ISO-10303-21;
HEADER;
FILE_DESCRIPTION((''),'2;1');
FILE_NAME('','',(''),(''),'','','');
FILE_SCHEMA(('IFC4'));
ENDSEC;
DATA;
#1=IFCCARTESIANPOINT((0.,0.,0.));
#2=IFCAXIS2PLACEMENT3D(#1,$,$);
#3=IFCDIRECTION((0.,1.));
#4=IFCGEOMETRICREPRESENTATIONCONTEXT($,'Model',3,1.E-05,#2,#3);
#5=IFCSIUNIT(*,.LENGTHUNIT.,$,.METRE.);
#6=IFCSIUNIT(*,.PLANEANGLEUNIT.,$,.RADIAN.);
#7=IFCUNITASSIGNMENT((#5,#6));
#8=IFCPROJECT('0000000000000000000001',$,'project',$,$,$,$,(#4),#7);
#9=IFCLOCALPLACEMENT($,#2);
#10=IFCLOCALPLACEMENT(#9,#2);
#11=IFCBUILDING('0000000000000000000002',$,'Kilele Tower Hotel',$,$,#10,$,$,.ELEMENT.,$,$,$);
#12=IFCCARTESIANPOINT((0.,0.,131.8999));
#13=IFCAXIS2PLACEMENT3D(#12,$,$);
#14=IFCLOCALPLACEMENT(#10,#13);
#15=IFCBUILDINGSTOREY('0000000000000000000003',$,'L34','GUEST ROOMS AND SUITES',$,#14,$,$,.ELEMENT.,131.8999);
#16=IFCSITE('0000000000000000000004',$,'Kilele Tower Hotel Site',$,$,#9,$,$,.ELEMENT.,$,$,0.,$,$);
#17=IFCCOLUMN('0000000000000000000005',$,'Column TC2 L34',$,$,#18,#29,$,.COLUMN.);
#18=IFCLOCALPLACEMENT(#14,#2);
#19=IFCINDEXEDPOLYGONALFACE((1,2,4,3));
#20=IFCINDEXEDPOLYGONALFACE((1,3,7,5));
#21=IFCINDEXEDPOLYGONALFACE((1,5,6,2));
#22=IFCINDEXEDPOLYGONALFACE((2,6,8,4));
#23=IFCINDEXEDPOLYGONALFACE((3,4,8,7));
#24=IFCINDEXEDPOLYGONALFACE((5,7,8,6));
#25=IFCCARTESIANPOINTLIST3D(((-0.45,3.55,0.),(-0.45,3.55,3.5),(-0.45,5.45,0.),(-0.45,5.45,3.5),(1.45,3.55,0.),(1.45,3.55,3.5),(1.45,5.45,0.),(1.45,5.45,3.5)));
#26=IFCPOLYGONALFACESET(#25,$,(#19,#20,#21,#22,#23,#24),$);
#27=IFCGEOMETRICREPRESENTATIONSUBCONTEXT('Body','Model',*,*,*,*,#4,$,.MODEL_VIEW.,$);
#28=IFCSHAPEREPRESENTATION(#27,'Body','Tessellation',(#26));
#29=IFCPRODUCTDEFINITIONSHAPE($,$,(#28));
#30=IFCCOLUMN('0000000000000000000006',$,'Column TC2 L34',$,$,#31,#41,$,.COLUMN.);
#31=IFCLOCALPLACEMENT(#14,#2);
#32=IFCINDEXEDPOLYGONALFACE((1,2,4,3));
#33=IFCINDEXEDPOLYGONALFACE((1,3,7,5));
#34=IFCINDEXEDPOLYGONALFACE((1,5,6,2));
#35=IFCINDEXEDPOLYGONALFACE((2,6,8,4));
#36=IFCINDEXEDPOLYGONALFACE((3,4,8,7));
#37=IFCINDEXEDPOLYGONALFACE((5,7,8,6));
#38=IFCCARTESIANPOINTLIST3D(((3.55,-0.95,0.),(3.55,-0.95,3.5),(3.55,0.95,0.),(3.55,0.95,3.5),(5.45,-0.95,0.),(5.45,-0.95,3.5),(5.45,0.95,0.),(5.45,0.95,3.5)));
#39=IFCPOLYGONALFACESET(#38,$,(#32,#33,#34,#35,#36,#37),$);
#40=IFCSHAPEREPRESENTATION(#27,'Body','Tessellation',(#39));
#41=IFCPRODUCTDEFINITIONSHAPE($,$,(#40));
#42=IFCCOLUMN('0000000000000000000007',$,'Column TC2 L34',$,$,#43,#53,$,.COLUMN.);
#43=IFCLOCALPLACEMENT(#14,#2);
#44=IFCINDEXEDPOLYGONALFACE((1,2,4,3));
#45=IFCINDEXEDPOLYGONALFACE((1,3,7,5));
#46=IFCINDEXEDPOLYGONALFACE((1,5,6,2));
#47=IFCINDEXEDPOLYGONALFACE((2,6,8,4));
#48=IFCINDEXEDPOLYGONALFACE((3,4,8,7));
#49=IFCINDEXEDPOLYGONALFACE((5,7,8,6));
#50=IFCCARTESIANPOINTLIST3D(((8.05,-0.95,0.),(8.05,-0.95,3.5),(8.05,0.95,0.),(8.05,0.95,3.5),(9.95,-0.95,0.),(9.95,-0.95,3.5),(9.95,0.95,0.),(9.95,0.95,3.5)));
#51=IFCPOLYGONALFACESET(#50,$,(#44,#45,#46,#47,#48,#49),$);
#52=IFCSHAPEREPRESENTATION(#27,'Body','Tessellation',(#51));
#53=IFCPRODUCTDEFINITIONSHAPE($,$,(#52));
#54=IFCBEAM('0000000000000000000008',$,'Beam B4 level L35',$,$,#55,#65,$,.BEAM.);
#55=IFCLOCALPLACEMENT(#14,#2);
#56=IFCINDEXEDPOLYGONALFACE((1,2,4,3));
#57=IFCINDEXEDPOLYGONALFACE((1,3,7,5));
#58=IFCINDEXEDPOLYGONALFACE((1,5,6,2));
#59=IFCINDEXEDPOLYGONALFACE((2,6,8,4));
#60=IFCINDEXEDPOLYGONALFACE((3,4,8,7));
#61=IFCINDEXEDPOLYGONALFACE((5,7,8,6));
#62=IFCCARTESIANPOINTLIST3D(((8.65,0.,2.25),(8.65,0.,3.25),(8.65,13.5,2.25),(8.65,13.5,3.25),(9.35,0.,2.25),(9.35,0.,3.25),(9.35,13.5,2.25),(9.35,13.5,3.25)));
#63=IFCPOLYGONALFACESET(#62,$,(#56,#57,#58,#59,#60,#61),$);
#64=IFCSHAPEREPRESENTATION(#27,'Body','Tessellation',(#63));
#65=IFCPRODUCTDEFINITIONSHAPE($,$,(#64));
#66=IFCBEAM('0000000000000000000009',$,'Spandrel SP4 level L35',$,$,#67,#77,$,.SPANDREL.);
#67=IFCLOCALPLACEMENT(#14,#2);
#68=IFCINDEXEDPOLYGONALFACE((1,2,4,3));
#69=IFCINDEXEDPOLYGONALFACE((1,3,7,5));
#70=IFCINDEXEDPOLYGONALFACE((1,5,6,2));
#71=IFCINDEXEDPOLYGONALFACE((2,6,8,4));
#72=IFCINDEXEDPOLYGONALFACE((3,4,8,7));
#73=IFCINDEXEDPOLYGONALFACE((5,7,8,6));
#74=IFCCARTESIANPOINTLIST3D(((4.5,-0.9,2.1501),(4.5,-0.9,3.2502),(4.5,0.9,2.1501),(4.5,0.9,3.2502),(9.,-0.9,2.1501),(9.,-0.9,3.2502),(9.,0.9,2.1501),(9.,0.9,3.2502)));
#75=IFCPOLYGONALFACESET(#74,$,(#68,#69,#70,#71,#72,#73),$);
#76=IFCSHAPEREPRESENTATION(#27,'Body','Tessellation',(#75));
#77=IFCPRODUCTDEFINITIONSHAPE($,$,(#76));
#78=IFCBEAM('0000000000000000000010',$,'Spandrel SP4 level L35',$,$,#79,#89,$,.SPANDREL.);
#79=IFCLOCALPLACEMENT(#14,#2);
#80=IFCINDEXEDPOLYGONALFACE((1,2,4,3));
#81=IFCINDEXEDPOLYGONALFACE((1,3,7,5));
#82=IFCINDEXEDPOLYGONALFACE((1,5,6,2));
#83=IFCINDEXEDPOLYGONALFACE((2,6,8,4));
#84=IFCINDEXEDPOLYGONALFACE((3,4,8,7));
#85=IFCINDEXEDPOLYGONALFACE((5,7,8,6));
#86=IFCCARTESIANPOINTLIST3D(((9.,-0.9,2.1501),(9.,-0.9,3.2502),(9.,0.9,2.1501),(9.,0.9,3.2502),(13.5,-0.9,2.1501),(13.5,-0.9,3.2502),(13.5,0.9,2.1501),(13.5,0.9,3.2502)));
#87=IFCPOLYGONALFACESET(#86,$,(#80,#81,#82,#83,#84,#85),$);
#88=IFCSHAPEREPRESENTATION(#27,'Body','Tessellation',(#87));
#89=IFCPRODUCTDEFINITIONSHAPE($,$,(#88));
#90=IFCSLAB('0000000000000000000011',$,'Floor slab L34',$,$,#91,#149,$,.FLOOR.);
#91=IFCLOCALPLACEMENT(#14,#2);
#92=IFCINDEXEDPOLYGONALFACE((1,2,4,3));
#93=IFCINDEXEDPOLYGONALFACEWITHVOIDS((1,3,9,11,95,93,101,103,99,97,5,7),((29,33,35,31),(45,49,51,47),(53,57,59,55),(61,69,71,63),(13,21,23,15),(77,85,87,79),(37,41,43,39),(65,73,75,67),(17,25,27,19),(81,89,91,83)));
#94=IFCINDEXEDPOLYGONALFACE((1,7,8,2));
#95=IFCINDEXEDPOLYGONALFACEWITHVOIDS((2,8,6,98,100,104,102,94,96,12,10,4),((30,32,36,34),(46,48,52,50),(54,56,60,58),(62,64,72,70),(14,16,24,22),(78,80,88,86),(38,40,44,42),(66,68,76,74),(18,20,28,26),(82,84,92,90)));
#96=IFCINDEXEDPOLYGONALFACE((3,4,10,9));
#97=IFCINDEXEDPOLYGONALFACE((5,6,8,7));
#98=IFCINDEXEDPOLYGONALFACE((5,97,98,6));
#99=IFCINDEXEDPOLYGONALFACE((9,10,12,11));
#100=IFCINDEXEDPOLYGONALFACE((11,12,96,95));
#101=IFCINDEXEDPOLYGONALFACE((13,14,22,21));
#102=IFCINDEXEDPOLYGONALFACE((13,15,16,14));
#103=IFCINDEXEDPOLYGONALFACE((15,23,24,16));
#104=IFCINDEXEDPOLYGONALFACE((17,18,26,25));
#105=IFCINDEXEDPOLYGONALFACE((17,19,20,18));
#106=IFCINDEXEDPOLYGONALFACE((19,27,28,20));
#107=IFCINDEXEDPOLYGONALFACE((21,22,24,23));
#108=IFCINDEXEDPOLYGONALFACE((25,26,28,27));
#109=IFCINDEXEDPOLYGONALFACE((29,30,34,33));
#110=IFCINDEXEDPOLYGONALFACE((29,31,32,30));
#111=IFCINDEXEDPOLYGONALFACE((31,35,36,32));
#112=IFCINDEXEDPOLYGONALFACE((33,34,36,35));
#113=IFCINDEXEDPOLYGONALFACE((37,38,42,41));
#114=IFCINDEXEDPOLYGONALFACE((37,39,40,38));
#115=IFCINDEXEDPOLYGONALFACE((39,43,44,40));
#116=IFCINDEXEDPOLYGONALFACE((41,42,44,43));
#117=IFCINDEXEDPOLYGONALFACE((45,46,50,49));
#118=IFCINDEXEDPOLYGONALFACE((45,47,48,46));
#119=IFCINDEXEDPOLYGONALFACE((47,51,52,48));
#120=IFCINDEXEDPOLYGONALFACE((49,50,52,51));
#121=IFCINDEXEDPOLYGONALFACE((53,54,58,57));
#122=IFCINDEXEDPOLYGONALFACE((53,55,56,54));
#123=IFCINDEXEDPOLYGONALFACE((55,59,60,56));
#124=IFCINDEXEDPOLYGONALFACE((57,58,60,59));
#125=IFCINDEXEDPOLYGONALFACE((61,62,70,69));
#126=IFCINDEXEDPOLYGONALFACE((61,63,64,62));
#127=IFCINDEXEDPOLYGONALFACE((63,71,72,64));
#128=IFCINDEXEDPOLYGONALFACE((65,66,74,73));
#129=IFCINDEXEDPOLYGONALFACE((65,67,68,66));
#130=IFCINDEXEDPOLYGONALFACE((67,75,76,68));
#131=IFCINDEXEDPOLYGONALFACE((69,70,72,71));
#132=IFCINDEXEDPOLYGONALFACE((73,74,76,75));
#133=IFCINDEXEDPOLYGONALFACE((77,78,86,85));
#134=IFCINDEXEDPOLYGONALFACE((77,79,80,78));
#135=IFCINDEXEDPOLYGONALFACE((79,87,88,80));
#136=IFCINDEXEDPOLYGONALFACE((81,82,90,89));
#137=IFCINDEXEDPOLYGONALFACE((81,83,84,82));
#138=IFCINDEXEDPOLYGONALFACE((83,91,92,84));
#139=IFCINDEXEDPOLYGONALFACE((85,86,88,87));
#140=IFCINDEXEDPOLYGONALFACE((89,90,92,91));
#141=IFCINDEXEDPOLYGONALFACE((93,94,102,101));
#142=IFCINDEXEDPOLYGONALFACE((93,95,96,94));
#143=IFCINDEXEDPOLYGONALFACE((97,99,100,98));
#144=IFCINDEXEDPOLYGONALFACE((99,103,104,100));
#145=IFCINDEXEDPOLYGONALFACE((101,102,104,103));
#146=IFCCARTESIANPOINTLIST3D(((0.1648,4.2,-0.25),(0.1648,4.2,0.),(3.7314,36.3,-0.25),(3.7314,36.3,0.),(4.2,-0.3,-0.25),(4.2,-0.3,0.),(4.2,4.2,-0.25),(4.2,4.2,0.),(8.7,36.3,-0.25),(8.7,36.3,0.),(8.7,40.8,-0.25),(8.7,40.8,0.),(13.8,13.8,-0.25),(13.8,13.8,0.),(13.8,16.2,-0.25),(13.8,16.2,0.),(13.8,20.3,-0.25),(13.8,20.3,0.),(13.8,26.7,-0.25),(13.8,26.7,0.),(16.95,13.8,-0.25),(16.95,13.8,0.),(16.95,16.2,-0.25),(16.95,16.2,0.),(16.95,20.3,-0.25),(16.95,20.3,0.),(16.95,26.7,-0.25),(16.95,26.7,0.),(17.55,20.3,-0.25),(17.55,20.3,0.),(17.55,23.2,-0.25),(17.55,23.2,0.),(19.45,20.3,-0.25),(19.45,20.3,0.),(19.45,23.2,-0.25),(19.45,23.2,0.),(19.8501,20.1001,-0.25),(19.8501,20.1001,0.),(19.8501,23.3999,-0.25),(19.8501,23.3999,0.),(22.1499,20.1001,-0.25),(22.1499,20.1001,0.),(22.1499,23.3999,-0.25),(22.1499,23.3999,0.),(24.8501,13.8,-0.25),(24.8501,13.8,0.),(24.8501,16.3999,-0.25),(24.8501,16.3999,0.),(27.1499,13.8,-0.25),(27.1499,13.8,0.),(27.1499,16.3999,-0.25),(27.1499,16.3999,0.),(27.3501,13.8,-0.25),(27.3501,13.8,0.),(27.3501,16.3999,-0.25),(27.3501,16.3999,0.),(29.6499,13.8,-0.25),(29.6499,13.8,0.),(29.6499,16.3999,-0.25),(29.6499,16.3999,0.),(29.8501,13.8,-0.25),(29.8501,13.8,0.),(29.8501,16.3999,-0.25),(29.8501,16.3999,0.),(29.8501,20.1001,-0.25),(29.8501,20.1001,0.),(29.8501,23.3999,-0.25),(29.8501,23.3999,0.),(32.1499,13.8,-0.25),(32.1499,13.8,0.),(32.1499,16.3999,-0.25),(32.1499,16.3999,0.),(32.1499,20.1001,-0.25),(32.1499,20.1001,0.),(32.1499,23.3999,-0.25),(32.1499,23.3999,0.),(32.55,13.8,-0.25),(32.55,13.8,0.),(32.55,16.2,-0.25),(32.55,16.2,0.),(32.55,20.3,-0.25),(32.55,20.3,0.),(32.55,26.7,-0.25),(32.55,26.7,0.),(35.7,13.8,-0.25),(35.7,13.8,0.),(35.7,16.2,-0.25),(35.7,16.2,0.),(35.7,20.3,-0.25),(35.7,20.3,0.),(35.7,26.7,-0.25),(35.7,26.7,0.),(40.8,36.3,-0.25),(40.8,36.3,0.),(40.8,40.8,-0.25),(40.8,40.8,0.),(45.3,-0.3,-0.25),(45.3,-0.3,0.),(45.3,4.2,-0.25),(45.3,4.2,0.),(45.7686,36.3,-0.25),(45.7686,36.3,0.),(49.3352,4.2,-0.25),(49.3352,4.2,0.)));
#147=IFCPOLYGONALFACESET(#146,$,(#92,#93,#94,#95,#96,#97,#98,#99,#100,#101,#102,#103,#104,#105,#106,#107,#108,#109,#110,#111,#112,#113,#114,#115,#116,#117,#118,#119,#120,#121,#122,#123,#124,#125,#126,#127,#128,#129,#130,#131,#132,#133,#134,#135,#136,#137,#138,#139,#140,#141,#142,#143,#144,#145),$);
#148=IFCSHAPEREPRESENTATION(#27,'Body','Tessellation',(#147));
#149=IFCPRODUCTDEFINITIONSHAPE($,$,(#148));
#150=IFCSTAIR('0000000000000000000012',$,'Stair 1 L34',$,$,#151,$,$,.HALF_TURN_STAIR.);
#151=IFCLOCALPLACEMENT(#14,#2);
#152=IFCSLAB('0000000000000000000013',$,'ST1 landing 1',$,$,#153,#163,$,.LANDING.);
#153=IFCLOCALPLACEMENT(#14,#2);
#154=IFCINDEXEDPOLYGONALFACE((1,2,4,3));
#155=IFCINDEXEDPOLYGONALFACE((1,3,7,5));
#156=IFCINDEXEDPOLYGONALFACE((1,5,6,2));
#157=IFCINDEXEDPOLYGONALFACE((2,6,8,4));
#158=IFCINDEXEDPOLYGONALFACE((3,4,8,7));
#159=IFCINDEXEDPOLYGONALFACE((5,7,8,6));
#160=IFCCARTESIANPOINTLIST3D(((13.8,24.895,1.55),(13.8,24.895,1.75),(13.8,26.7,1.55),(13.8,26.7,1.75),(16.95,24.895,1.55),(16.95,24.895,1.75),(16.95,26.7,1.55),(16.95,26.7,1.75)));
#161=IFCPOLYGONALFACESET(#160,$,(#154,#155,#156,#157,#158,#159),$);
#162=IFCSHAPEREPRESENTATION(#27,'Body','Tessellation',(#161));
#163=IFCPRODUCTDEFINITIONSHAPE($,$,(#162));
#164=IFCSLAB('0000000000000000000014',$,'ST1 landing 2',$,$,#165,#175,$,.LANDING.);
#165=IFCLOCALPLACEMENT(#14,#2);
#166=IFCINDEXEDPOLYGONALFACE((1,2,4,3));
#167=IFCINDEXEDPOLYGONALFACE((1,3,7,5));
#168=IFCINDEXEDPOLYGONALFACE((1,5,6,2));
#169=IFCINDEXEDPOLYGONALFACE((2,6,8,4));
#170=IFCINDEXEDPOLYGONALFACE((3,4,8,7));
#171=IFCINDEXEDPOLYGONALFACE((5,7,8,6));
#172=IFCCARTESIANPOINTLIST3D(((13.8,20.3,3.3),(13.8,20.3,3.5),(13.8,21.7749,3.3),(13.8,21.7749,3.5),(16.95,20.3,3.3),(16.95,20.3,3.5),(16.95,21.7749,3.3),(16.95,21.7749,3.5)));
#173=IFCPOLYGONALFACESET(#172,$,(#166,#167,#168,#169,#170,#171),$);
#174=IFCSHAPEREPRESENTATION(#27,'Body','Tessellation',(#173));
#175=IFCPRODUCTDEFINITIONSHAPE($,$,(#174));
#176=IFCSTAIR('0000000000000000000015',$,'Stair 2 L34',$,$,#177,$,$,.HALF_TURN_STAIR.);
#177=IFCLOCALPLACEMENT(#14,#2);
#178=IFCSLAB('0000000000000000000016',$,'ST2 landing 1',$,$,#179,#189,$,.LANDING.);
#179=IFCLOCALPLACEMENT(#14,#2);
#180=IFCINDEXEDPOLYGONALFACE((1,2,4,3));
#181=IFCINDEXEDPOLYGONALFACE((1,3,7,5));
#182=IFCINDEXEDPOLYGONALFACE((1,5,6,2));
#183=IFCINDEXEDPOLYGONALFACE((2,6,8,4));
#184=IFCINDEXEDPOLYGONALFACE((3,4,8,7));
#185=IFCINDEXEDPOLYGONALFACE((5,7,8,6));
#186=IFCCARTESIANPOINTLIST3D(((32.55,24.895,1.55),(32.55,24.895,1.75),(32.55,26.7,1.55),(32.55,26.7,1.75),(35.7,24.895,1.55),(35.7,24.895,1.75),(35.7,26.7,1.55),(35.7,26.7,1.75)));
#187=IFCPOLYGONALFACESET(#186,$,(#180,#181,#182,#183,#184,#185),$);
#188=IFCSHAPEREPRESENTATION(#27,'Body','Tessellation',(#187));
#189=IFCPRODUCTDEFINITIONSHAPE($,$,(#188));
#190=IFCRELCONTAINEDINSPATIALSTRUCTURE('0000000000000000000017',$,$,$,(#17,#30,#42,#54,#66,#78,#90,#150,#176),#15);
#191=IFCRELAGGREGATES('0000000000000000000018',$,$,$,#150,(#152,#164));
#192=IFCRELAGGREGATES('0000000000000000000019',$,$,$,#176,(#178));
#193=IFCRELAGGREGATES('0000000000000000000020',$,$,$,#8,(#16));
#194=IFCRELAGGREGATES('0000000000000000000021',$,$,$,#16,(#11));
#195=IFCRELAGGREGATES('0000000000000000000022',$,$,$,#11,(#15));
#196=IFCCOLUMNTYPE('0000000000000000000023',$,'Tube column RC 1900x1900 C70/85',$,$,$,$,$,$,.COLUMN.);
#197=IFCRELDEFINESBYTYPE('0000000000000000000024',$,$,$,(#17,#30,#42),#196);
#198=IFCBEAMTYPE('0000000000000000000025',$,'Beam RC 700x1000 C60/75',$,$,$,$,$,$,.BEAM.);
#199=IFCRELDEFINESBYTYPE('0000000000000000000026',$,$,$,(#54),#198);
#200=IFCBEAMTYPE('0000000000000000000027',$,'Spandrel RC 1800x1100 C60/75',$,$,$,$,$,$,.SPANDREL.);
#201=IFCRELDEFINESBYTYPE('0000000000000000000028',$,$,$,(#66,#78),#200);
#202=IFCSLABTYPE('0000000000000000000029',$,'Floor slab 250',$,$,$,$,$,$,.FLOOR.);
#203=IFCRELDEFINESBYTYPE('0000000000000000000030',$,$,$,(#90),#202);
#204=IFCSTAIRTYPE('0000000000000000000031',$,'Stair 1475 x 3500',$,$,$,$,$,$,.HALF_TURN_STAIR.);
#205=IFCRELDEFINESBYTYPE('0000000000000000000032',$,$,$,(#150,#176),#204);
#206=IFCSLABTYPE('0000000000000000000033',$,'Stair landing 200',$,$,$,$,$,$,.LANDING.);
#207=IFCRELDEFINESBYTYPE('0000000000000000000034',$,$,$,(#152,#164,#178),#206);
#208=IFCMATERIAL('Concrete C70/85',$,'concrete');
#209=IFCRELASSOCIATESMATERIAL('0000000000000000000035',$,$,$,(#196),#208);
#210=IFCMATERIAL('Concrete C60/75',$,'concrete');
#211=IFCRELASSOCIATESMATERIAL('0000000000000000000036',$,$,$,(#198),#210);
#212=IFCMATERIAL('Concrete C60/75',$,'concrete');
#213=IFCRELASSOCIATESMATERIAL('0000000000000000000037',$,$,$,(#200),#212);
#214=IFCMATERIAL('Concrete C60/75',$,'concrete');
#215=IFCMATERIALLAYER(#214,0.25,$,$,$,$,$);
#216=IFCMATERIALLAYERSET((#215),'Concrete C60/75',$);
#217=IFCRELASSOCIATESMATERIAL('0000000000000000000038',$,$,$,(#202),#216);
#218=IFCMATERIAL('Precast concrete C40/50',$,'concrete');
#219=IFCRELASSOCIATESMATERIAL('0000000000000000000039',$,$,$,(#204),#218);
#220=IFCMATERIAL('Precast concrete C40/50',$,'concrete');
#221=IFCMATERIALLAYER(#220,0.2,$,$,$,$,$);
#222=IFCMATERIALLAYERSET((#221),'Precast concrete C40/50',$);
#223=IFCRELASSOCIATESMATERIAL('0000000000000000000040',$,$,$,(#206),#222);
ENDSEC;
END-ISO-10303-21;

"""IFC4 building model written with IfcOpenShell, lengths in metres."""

from ifc_helpers import new_model, si_unit, direction, frame, origin, origin_2d, place, context, subcontext, project, spatial, polyline, rectangle, outline, extrude, material, layer, layer_set, material_profile, profile_set, type_object, element, aggregate, save


model = new_model("IFC4")

# Units and contexts
model_context = context("Model", 3, precision=1e-05, world=origin(), true_north=direction((0.0, 1.0)))
body_context = subcontext(model_context, "Body", "Model", "MODEL_VIEW")
ifc_project = project(units=[si_unit("LENGTHUNIT", "METRE"), si_unit("PLANEANGLEUNIT", "RADIAN")], contexts=[model_context])

# Site, building, storey
site_placement = place(None, origin())
site = spatial("IfcSite", under=ifc_project, at=site_placement, Name="Kilele Tower Hotel Site", CompositionType="ELEMENT", RefElevation=0.0)
building_placement = place(site_placement, origin())
building = spatial("IfcBuilding", under=site, at=building_placement, Name="Kilele Tower Hotel", CompositionType="ELEMENT")
storey_placement = place(building_placement, frame((0.0, 0.0, 131.8999)))
storey = spatial("IfcBuildingStorey", under=building, at=storey_placement, Name="L34", Description="GUEST ROOMS AND SUITES", CompositionType="ELEMENT", Elevation=131.8999)

# Columns
ifc_material_1 = material(Name="Concrete C70/85", Category="concrete")
ifc_material_profile_1 = material_profile(ifc_material_1, rectangle(XDim=1.8999, YDim=1.8999, at=origin_2d()))
ifc_profile_set_1 = profile_set([ifc_material_profile_1], Name="Concrete C70/85")
column_type = type_object("IfcColumnType", Name="Tube column RC 1900x1900 C70/85", PredefinedType="COLUMN", material=ifc_profile_set_1)
for number, where, z_axis, x_axis, name in (
    (1, (0.5, 4.5, 0.0), (0.0, 0.0, 1.0), (1.0, 0.0, 0.0), "Column TC2 L34"),
    (2, (4.5, 0.0, 0.0), (0.0, 0.0, 1.0), (1.0, 0.0, 0.0), "Column TC2 L34"),
    (3, (9.0, 0.0, 0.0), (0.0, 0.0, 1.0), (1.0, 0.0, 0.0), "Column TC2 L34"),
):
    element("IfcColumn", number, at=place(storey_placement, frame(where, z_axis=z_axis, x_axis=x_axis)), inside=storey, type_object=column_type, Name=name, PredefinedType="COLUMN", context=body_context, shape_type="SweptSolid", body=[
        extrude(rectangle(XDim=1.8999, YDim=1.8999, at=origin_2d()), origin(), (0.0, 0.0, 1.0), 3.5),
    ])

# Beams
ifc_material_2 = material(Name="Concrete C60/75", Category="concrete")
ifc_material_profile_2 = material_profile(ifc_material_2, rectangle(XDim=0.7, YDim=1.0, at=origin_2d()))
ifc_profile_set_2 = profile_set([ifc_material_profile_2], Name="Concrete C60/75")
beam_type_1 = type_object("IfcBeamType", Name="Beam RC 700x1000 C60/75", PredefinedType="BEAM", material=ifc_profile_set_2)
beam_placement = place(storey_placement, frame((9.0, 0.0, 2.75), z_axis=(0.0, 1.0, 0.0), x_axis=(-1.0, 0.0, 0.0)))
element("IfcBeam", 4, at=beam_placement, inside=storey, type_object=beam_type_1, Name="Beam B4 level L35", PredefinedType="BEAM", context=body_context, shape_type="SweptSolid", body=[
    extrude(rectangle(XDim=0.7, YDim=1.0, at=origin_2d()), origin(), (0.0, 0.0, 1.0), 13.5),
])
ifc_material_3 = material(Name="Concrete C60/75", Category="concrete")
ifc_material_profile_3 = material_profile(ifc_material_3, rectangle(XDim=1.8, YDim=1.1001, at=origin_2d()))
ifc_profile_set_3 = profile_set([ifc_material_profile_3], Name="Concrete C60/75")
beam_type_2 = type_object("IfcBeamType", Name="Spandrel RC 1800x1100 C60/75", PredefinedType="SPANDREL", material=ifc_profile_set_3)
for number, where, z_axis, x_axis, name in (
    (5, (4.5, 0.0, 2.7002), (1.0, 0.0, 0.0), (0.0, 1.0, 0.0), "Spandrel SP4 level L35"),
    (6, (9.0, 0.0, 2.7002), (1.0, 0.0, 0.0), (0.0, 1.0, 0.0), "Spandrel SP4 level L35"),
):
    element("IfcBeam", number, at=place(storey_placement, frame(where, z_axis=z_axis, x_axis=x_axis)), inside=storey, type_object=beam_type_2, Name=name, PredefinedType="SPANDREL", context=body_context, shape_type="SweptSolid", body=[
        extrude(rectangle(XDim=1.8, YDim=1.1001, at=origin_2d()), origin(), (0.0, 0.0, 1.0), 4.5),
    ])

# Slab
ifc_material_4 = material(Name="Concrete C60/75", Category="concrete")
ifc_layer_1 = layer(ifc_material_4, 0.25)
ifc_layer_set_1 = layer_set([ifc_layer_1], Name="Concrete C60/75")
slab_type_1 = type_object("IfcSlabType", Name="Floor slab 250", PredefinedType="FLOOR", material=ifc_layer_set_1)
slab_1_placement = place(storey_placement, frame((0.0, 0.0, -0.25)))
element("IfcSlab", 7, at=slab_1_placement, inside=storey, type_object=slab_type_1, Name="Floor slab L34", PredefinedType="FLOOR", context=body_context, shape_type="SweptSolid", body=[
    extrude(outline(polyline([(8.7, 36.3), (8.7, 40.8), (40.8, 40.8), (40.8, 36.3), (45.7686, 36.3), (49.3352, 4.2), (45.3, 4.2), (45.3, -0.3), (4.2, -0.3), (4.2, 4.2), (0.1648, 4.2), (3.7314, 36.3), (8.7, 36.3)]), holes=[polyline([(16.95, 16.2), (13.8, 16.2), (13.8, 13.8), (16.95, 13.8), (16.95, 16.2)]), polyline([(35.7, 16.2), (32.55, 16.2), (32.55, 13.8), (35.7, 13.8), (35.7, 16.2)]), polyline([(27.1499, 16.3999), (24.8501, 16.3999), (24.8501, 13.8), (27.1499, 13.8), (27.1499, 16.3999)]), polyline([(29.6499, 13.8), (29.6499, 16.3999), (27.3501, 16.3999), (27.3501, 13.8), (29.6499, 13.8)]), polyline([(32.1499, 13.8), (32.1499, 16.3999), (29.8501, 16.3999), (29.8501, 13.8), (32.1499, 13.8)]), polyline([(19.45, 23.2), (17.55, 23.2), (17.55, 20.3), (19.45, 20.3), (19.45, 23.2)]), polyline([(22.1499, 23.3999), (19.8501, 23.3999), (19.8501, 20.1001), (22.1499, 20.1001), (22.1499, 23.3999)]), polyline([(32.1499, 23.3999), (29.8501, 23.3999), (29.8501, 20.1001), (32.1499, 20.1001), (32.1499, 23.3999)]), polyline([(16.95, 20.3), (16.95, 26.7), (13.8, 26.7), (13.8, 20.3), (16.95, 20.3)]), polyline([(35.7, 20.3), (35.7, 26.7), (32.55, 26.7), (32.55, 20.3), (35.7, 20.3)])]), origin(), (0.0, 0.0, 1.0), 0.25),
])

# Stairs, slabs
ifc_material_5 = material(Name="Precast concrete C40/50", Category="concrete")
stair_type = type_object("IfcStairType", Name="Stair 1475 x 3500", PredefinedType="HALF_TURN_STAIR", material=ifc_material_5)
stair_1_placement = place(storey_placement, origin())
stair_1 = element("IfcStair", 8, at=stair_1_placement, inside=storey, type_object=stair_type, Name="Stair 1 L34", PredefinedType="HALF_TURN_STAIR")
ifc_material_6 = material(Name="Precast concrete C40/50", Category="concrete")
ifc_layer_2 = layer(ifc_material_6, 0.2)
ifc_layer_set_2 = layer_set([ifc_layer_2], Name="Precast concrete C40/50")
slab_type_2 = type_object("IfcSlabType", Name="Stair landing 200", PredefinedType="LANDING", material=ifc_layer_set_2)
slab_2_placement = place(storey_placement, frame((0.0, 0.0, 1.55)))
slab_2 = element("IfcSlab", 9, at=slab_2_placement, type_object=slab_type_2, Name="ST1 landing 1", PredefinedType="LANDING", context=body_context, shape_type="SweptSolid", body=[
    extrude(outline(polyline([(13.8, 24.895), (16.95, 24.895), (16.95, 26.7), (13.8, 26.7), (13.8, 24.895)])), origin(), (0.0, 0.0, 1.0), 0.2),
])
slab_3_placement = place(storey_placement, frame((0.0, 0.0, 3.3)))
slab_3 = element("IfcSlab", 10, at=slab_3_placement, type_object=slab_type_2, Name="ST1 landing 2", PredefinedType="LANDING", context=body_context, shape_type="SweptSolid", body=[
    extrude(outline(polyline([(13.8, 20.3), (16.95, 20.3), (16.95, 21.7749), (13.8, 21.7749), (13.8, 20.3)])), origin(), (0.0, 0.0, 1.0), 0.2),
])
aggregate(stair_1, [slab_2, slab_3])
stair_2_placement = place(storey_placement, origin())
stair_2 = element("IfcStair", 11, at=stair_2_placement, inside=storey, type_object=stair_type, Name="Stair 2 L34", PredefinedType="HALF_TURN_STAIR")
slab_4_placement = place(storey_placement, frame((0.0, 0.0, 1.55)))
slab_4 = element("IfcSlab", 12, at=slab_4_placement, type_object=slab_type_2, Name="ST2 landing 1", PredefinedType="LANDING", context=body_context, shape_type="SweptSolid", body=[
    extrude(outline(polyline([(32.55, 24.895), (35.7, 24.895), (35.7, 26.7), (32.55, 26.7), (32.55, 24.895)])), origin(), (0.0, 0.0, 1.0), 0.2),
])
aggregate(stair_2, [slab_4])

save(model, "model.ifc")
